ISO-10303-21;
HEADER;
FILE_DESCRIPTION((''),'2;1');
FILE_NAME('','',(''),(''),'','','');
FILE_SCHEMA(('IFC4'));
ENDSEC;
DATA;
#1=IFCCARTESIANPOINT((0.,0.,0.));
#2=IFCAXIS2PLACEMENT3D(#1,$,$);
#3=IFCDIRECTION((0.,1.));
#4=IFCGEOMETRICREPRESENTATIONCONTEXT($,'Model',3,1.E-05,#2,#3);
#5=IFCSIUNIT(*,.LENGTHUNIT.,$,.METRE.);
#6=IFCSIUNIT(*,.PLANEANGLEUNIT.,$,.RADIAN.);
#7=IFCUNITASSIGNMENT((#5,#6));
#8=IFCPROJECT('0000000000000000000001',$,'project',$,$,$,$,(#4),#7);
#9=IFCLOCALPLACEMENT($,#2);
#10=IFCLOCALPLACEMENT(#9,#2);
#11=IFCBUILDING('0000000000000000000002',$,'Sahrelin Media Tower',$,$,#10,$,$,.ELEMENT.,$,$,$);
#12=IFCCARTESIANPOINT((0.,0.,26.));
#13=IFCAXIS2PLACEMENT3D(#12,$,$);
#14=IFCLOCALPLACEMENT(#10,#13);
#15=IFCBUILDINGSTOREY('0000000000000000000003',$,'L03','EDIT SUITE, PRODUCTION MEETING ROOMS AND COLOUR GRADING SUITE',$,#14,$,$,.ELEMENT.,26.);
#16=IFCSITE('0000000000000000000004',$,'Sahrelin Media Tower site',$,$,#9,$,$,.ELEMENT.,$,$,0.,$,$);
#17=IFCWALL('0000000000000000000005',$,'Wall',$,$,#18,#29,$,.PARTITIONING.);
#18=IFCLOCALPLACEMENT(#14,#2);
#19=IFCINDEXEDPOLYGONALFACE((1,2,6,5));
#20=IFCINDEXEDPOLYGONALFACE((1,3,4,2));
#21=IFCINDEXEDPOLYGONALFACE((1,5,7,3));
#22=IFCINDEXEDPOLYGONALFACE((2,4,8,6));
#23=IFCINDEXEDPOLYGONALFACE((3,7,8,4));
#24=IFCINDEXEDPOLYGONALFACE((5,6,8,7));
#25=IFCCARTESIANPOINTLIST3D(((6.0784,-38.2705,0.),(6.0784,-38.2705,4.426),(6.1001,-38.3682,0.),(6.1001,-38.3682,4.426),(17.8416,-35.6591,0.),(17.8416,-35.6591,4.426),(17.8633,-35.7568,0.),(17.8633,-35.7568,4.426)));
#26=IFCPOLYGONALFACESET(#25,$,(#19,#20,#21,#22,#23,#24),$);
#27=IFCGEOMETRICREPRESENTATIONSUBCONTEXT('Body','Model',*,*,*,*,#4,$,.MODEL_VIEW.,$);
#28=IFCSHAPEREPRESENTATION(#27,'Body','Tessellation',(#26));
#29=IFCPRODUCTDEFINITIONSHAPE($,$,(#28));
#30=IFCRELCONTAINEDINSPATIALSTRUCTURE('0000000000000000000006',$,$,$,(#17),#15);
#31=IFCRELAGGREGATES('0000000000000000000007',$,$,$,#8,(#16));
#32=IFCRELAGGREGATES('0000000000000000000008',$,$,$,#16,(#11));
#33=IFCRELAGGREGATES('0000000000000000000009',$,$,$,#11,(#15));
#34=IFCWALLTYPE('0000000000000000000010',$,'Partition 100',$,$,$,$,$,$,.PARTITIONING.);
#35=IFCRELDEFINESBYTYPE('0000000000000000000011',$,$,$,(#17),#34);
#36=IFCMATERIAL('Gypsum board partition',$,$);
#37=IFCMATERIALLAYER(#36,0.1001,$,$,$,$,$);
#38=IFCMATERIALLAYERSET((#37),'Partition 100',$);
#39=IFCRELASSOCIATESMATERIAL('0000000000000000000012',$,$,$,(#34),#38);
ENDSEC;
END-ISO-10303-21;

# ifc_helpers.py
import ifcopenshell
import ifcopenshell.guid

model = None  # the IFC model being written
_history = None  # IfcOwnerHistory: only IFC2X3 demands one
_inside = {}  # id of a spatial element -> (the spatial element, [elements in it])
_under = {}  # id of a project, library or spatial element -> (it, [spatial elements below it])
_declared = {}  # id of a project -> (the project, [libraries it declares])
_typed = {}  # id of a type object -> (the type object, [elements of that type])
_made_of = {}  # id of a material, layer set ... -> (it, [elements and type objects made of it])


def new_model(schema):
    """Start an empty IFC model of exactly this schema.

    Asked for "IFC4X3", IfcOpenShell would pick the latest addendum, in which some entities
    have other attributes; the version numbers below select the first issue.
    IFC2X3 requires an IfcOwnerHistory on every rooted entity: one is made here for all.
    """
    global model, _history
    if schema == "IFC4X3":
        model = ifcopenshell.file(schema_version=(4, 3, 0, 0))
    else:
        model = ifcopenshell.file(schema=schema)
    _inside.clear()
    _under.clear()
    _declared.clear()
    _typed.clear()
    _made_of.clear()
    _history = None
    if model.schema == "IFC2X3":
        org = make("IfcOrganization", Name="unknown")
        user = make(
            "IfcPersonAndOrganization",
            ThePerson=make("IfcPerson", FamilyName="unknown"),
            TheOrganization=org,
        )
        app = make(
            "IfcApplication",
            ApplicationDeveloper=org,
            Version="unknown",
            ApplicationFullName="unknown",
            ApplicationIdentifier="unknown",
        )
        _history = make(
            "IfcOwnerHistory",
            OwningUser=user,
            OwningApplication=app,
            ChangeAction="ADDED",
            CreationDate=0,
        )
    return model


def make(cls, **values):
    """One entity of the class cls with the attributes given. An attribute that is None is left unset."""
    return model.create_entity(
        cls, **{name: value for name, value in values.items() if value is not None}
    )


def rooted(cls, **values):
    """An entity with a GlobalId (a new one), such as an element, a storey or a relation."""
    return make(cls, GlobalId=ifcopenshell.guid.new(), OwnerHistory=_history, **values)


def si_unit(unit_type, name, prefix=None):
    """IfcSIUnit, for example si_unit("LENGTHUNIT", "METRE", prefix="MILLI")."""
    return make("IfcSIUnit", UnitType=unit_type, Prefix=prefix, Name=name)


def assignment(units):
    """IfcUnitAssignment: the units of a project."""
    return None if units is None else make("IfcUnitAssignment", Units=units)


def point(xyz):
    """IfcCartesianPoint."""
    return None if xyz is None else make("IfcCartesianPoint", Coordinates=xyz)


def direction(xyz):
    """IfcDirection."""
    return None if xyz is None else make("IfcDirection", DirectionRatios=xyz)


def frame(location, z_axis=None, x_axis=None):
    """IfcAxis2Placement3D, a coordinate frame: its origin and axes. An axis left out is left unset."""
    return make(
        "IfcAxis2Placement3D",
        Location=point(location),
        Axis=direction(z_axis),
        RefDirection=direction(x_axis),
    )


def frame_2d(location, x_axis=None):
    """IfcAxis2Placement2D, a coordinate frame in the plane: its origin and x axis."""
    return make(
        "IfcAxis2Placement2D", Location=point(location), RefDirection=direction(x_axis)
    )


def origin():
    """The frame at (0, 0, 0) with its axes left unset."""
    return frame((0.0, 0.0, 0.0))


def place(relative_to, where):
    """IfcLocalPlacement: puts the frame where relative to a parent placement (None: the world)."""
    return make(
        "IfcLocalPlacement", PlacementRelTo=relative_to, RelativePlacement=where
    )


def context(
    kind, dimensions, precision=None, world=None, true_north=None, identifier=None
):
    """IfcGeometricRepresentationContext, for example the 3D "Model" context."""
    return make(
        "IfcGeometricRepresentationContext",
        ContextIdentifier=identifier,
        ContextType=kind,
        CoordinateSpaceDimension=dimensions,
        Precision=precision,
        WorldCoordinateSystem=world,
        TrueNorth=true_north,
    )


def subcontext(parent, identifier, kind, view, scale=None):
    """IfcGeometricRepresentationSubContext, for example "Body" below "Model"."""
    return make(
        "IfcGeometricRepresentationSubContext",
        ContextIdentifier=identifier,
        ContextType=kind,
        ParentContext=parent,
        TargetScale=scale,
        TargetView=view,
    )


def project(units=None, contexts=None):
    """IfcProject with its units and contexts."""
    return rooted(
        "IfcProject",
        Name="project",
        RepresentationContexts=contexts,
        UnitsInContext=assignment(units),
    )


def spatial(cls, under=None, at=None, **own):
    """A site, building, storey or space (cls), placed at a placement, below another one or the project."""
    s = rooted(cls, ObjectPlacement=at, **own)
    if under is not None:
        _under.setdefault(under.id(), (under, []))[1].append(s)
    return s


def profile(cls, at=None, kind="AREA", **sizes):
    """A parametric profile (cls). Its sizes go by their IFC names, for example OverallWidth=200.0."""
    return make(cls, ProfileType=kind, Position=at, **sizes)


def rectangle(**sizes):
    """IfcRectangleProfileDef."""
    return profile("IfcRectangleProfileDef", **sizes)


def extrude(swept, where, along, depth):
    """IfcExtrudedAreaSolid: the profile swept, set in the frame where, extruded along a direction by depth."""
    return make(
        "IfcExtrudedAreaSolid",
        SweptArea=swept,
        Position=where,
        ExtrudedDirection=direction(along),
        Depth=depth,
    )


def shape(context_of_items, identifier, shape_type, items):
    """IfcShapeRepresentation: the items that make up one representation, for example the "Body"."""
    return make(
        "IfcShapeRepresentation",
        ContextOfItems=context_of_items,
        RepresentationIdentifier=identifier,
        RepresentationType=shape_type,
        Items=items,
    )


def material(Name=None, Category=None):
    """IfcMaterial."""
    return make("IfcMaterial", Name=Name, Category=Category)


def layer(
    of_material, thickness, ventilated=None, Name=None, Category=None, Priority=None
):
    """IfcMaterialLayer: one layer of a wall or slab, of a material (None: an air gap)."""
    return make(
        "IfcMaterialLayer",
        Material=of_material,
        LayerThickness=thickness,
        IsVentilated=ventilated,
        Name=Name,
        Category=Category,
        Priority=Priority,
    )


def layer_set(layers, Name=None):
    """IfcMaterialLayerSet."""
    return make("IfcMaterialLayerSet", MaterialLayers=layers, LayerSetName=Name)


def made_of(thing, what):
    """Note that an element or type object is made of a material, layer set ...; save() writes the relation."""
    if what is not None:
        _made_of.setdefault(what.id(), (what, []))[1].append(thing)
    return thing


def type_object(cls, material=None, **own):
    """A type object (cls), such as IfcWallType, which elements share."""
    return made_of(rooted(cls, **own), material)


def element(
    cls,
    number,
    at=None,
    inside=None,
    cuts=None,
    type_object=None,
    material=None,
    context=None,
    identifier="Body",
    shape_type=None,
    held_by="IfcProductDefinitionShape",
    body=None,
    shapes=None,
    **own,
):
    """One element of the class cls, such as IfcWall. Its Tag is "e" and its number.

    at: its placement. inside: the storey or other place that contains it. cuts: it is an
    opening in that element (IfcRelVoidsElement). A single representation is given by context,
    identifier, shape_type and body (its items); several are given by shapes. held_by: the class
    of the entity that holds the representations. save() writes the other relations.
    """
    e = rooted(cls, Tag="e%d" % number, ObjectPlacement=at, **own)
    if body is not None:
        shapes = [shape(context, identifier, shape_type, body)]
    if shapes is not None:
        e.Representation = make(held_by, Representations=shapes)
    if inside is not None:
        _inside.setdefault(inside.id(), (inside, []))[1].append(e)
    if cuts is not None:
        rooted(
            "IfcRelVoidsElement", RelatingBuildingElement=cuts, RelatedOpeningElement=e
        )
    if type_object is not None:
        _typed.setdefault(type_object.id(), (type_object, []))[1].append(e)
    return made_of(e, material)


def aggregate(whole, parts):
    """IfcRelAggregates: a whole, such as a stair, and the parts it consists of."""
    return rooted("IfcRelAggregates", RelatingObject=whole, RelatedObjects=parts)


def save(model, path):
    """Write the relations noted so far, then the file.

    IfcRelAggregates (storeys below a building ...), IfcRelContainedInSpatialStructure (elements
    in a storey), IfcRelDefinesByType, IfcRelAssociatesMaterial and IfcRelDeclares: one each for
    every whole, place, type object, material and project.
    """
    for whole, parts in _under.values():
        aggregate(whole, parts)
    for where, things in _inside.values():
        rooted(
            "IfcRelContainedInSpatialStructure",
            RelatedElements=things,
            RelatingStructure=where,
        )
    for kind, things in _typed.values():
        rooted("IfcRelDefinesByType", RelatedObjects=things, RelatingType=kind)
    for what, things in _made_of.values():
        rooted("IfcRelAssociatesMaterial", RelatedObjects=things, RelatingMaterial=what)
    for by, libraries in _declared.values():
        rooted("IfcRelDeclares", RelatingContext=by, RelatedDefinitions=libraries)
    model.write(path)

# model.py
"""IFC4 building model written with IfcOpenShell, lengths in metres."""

from ifc_helpers import new_model, si_unit, direction, frame, frame_2d, origin, place, context, subcontext, project, spatial, rectangle, extrude, material, layer, layer_set, type_object, element, save


model = new_model("IFC4")

# Units and contexts
model_context = context("Model", 3, precision=1e-05, world=origin(), true_north=direction((0.0, 1.0)))
body_context = subcontext(model_context, "Body", "Model", "MODEL_VIEW")
ifc_project = project(units=[si_unit("LENGTHUNIT", "METRE"), si_unit("PLANEANGLEUNIT", "RADIAN")], contexts=[model_context])

# Site, building, storey
site_placement = place(None, origin())
site = spatial("IfcSite", under=ifc_project, at=site_placement, Name="Sahrelin Media Tower site", CompositionType="ELEMENT", RefElevation=0.0)
building_placement = place(site_placement, origin())
building = spatial("IfcBuilding", under=site, at=building_placement, Name="Sahrelin Media Tower", CompositionType="ELEMENT")
storey_placement = place(building_placement, frame((0.0, 0.0, 26.0)))
storey = spatial("IfcBuildingStorey", under=building, at=storey_placement, Name="L03", Description="EDIT SUITE, PRODUCTION MEETING ROOMS AND COLOUR GRADING SUITE", CompositionType="ELEMENT", Elevation=26.0)

# Wall
ifc_material_1 = material(Name="Gypsum board partition")
ifc_layer_1 = layer(ifc_material_1, 0.1001)
ifc_layer_set_1 = layer_set([ifc_layer_1], Name="Partition 100")
wall_type = type_object("IfcWallType", Name="Partition 100", PredefinedType="PARTITIONING", material=ifc_layer_set_1)
wall_placement = place(storey_placement, frame((6.0891, -38.3193, 0.0), z_axis=(0.0, 0.0, 1.0), x_axis=(0.976235, 0.216716, 0.0)))
element("IfcWall", 1, at=wall_placement, inside=storey, type_object=wall_type, Name="Wall", PredefinedType="PARTITIONING", context=body_context, shape_type="SweptSolid", body=[
    extrude(rectangle(XDim=12.0496, YDim=0.1001, at=frame_2d((6.0249, 0.0))), origin(), (0.0, 0.0, 1.0), 4.426),
])

save(model, "model.ifc")
